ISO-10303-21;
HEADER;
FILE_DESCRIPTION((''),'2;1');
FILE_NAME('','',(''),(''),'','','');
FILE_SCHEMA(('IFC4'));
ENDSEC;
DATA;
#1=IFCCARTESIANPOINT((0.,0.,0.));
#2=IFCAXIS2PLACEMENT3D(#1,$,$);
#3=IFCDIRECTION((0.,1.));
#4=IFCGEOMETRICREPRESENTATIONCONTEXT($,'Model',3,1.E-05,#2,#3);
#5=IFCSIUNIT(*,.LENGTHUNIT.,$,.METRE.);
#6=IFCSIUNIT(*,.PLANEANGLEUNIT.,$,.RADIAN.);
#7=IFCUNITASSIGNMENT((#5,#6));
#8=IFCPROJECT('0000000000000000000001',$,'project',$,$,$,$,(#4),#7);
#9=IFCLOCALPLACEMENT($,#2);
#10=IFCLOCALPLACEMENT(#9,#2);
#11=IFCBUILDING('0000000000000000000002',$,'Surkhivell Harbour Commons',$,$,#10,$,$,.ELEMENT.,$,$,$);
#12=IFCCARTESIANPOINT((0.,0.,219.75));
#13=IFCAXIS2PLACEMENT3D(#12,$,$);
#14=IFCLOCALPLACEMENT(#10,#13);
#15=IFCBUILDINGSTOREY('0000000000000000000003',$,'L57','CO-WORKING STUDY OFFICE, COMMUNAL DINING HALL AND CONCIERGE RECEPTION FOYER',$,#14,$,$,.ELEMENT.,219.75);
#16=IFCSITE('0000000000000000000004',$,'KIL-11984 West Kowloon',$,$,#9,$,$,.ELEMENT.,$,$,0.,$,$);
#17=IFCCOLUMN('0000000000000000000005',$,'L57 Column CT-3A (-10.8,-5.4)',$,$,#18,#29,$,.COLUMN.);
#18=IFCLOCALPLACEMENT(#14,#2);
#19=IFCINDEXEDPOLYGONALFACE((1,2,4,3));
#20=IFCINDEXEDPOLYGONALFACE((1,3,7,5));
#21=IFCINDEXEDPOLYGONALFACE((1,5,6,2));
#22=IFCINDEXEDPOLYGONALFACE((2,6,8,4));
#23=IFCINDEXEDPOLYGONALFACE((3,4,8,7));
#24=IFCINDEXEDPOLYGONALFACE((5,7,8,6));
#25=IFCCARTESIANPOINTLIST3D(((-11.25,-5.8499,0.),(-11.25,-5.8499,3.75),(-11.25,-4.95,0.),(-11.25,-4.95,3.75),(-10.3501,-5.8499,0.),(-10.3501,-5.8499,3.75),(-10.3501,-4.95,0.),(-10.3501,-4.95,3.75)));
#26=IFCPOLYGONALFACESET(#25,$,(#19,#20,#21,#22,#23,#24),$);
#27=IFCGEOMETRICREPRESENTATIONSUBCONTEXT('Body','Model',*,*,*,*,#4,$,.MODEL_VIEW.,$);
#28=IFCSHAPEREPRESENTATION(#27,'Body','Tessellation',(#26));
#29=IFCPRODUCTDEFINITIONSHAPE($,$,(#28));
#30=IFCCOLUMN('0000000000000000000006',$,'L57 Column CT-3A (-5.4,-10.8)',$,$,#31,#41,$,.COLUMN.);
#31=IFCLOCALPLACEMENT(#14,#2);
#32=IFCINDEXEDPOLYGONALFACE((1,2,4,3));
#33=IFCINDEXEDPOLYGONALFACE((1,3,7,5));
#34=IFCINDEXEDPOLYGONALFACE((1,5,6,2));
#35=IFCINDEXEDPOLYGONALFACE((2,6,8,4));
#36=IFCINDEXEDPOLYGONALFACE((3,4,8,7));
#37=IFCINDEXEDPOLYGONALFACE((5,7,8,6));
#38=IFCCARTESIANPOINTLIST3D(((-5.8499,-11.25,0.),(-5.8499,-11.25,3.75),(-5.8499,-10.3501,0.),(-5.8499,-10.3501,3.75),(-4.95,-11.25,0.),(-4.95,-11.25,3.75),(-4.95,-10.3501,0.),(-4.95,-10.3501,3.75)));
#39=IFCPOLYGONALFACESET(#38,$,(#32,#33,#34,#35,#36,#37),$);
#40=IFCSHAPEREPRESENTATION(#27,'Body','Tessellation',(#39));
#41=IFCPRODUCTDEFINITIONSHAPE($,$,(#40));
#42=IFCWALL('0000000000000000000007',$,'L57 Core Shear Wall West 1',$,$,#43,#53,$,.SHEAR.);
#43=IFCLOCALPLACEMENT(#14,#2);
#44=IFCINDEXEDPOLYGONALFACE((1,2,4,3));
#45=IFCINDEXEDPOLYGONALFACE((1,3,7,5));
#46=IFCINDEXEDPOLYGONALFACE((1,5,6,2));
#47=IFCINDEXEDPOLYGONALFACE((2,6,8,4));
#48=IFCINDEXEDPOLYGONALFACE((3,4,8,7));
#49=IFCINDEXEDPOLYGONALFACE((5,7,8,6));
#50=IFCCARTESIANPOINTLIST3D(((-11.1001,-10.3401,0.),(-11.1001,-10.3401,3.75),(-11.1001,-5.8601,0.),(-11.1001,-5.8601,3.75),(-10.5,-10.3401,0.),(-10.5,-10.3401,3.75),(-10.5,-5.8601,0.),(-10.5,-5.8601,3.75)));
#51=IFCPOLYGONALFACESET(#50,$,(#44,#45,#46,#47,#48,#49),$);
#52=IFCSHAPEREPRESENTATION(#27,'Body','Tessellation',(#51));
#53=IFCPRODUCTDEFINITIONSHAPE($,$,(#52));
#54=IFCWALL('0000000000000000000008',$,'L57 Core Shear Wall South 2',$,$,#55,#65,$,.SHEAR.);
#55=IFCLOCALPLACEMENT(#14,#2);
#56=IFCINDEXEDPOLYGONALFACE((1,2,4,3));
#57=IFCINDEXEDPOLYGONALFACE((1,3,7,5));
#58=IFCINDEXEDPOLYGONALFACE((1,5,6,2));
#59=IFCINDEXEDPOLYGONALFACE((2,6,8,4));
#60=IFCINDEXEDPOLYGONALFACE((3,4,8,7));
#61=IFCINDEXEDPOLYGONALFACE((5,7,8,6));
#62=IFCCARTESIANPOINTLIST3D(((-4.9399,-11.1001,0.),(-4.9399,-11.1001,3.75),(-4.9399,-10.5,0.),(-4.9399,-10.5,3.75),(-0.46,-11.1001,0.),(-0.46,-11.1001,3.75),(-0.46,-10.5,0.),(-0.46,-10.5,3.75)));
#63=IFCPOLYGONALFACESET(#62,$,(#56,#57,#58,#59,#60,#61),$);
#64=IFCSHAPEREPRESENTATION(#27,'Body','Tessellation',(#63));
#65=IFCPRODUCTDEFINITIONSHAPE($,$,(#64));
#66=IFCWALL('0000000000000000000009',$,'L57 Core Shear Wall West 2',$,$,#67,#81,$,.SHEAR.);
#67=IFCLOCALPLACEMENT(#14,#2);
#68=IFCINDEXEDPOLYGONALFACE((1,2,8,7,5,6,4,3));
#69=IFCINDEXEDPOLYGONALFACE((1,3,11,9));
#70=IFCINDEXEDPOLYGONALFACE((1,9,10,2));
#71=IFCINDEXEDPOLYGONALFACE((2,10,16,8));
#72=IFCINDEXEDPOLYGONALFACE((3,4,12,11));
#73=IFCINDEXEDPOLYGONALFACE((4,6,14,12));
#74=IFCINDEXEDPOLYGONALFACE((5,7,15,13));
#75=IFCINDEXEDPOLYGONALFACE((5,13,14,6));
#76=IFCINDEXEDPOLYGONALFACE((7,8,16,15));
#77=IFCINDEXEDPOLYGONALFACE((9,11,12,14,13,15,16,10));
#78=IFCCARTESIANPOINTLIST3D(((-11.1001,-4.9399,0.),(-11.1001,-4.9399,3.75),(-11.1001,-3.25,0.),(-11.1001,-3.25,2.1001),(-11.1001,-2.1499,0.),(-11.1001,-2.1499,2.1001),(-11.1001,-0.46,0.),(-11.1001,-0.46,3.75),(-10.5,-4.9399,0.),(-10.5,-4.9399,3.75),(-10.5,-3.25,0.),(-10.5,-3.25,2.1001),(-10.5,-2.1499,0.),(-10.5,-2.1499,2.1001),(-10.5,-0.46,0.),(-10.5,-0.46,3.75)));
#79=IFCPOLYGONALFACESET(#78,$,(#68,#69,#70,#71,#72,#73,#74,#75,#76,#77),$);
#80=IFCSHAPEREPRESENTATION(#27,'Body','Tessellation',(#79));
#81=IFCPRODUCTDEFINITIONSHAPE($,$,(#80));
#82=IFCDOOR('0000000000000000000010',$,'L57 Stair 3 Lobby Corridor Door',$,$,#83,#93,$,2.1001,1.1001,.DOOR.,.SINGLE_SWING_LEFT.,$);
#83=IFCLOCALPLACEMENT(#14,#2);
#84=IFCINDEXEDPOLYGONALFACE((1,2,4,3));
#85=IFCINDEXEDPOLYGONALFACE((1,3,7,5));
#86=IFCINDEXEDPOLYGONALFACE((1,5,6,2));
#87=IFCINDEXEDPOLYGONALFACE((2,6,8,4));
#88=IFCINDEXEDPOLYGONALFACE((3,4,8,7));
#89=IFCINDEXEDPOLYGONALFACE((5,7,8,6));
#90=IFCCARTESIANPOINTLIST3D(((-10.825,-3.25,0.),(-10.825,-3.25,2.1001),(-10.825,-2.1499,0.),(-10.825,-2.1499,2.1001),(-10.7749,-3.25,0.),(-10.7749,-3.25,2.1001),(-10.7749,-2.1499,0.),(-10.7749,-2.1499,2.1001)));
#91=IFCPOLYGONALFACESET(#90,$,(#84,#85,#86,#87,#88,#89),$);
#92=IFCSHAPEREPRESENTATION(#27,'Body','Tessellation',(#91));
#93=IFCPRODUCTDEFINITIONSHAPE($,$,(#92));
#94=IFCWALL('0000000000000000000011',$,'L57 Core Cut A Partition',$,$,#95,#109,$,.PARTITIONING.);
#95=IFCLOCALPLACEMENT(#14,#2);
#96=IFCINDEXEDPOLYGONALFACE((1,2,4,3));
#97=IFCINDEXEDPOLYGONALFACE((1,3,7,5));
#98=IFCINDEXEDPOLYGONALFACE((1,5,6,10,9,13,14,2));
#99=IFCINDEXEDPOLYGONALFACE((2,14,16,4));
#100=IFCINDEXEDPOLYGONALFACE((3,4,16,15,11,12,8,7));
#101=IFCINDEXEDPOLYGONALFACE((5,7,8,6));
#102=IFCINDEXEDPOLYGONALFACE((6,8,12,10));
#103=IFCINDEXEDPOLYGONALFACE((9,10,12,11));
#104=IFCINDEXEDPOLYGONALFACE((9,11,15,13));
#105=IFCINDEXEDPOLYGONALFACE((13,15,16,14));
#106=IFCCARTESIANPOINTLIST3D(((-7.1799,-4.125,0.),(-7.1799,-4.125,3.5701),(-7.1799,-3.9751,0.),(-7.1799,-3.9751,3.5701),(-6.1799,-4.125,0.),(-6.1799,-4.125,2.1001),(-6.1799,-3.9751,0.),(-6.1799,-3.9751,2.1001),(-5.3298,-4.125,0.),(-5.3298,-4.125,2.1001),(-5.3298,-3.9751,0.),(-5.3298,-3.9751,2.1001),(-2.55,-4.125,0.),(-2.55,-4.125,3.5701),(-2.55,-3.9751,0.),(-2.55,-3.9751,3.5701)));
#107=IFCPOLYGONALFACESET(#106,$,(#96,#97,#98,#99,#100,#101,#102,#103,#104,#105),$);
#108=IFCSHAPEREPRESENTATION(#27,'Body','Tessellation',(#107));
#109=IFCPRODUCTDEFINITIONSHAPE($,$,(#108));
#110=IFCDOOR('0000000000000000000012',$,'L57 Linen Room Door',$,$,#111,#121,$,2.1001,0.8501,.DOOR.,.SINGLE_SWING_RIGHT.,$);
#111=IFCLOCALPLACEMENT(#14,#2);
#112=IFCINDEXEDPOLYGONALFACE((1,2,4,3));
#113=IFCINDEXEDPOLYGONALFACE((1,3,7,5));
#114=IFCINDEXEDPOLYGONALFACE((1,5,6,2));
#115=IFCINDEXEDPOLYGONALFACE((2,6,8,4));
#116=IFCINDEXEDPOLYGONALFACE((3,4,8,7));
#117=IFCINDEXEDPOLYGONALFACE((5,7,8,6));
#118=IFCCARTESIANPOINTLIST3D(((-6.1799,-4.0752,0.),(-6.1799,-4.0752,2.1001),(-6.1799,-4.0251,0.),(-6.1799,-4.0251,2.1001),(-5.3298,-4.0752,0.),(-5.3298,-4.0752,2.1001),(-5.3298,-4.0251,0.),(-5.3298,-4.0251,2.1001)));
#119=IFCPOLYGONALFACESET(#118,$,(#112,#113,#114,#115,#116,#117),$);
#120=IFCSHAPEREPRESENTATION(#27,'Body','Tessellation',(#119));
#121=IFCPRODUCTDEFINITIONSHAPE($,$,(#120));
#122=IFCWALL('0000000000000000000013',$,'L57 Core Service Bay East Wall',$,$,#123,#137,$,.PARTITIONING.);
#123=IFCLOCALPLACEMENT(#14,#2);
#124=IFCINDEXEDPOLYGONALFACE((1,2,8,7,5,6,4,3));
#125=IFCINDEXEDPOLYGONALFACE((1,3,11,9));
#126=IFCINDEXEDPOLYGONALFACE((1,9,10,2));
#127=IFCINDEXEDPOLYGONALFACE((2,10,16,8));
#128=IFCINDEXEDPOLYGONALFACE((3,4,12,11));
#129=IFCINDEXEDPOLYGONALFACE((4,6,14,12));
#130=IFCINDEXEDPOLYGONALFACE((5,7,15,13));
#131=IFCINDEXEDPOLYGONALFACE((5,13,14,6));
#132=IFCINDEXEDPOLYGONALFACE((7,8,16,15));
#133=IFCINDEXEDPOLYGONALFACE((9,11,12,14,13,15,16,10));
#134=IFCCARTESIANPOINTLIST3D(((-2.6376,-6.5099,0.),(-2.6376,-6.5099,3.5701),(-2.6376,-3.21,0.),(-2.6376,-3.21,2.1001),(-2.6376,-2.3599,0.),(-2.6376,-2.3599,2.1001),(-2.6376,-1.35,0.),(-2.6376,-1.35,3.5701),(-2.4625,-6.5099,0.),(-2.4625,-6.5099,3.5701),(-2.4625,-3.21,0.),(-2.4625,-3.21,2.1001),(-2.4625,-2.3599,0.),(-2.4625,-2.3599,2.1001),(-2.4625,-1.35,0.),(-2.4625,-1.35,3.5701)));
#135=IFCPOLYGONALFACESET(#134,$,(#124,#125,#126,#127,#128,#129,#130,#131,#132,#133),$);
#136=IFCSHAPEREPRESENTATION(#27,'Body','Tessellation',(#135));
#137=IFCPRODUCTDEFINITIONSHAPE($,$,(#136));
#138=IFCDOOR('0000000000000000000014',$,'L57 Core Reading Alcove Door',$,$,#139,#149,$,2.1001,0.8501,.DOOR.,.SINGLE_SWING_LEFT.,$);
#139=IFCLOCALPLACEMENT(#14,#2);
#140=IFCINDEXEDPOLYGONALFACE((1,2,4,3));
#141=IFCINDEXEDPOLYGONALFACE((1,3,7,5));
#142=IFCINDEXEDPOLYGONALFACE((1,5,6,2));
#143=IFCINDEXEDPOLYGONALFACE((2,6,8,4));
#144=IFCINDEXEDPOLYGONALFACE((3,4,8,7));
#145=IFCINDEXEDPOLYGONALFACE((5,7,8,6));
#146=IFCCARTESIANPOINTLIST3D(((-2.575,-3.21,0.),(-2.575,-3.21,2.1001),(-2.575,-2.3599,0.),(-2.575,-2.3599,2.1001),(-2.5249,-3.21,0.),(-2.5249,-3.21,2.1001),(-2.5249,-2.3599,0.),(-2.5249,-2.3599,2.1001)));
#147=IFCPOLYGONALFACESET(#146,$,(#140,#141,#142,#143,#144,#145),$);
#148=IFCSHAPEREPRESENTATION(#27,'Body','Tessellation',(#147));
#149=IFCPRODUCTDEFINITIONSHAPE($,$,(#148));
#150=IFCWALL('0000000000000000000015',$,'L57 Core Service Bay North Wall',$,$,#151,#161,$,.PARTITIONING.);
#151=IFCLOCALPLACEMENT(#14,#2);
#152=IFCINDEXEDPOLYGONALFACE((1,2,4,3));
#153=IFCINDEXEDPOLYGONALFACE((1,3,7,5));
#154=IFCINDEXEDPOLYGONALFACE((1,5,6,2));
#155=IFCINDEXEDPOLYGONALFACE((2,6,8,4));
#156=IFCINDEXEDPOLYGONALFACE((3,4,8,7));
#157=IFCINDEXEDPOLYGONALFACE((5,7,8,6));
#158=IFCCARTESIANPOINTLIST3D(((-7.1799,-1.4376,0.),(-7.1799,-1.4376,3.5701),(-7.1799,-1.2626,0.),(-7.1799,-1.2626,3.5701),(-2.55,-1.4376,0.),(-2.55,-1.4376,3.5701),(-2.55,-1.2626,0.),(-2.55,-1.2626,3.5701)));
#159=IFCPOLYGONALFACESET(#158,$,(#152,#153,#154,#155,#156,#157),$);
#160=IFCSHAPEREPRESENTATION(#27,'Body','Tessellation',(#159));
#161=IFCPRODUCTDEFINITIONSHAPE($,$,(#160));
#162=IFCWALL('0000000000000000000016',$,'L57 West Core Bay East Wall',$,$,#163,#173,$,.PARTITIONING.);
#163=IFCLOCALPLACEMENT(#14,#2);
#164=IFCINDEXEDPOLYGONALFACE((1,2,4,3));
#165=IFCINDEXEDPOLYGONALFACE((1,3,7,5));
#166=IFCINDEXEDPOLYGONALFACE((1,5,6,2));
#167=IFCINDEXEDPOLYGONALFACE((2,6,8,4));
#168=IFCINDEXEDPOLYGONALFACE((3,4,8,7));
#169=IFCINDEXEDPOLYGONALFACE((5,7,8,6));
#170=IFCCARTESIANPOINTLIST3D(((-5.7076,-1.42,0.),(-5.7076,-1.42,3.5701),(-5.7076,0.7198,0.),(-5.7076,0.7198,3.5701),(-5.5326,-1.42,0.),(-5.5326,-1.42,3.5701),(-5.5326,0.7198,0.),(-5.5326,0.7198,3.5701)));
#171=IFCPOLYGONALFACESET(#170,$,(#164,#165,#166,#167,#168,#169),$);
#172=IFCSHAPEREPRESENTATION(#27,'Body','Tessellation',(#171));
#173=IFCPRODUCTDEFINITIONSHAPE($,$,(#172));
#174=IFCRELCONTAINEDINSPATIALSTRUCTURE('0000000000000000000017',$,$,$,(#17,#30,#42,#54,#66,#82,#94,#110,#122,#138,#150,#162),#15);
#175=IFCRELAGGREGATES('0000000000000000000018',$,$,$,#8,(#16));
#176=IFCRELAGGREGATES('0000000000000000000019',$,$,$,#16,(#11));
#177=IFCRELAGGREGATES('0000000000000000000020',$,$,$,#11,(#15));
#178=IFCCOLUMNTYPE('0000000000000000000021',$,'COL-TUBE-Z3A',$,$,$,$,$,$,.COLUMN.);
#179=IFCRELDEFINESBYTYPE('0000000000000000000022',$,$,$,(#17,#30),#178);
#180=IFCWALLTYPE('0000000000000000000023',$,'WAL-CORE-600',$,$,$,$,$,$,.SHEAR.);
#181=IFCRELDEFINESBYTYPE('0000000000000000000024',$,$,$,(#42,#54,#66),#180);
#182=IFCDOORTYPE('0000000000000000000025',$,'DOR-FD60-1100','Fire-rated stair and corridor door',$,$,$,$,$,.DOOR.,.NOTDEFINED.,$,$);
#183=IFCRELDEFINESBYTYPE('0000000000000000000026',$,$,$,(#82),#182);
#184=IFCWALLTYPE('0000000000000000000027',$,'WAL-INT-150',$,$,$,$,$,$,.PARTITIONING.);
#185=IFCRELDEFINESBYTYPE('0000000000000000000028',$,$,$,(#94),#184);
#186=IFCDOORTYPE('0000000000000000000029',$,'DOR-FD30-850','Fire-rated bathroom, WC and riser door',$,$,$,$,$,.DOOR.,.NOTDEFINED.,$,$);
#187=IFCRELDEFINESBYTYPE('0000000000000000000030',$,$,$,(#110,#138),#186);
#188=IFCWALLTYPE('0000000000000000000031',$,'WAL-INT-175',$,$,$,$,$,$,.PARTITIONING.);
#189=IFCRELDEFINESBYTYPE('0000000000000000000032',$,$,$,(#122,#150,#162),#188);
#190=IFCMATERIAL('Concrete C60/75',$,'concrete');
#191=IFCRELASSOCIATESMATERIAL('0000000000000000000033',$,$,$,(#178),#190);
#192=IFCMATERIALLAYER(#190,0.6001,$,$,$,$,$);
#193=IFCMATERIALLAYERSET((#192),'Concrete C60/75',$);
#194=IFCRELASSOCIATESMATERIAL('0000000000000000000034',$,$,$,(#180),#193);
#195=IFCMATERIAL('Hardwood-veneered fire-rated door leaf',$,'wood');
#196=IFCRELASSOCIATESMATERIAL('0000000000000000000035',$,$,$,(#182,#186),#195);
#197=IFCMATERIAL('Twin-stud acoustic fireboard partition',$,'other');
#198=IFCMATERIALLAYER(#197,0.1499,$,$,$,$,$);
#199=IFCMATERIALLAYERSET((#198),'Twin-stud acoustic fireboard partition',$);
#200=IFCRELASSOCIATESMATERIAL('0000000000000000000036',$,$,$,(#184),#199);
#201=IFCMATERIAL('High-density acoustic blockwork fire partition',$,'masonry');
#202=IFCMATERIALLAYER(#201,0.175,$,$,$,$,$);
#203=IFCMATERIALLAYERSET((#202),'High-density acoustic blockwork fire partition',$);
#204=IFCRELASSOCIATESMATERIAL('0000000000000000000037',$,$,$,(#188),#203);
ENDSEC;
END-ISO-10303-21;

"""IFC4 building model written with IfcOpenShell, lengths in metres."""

from ifc_helpers import new_model, si_unit, direction, frame, frame_2d, origin, origin_2d, place, context, subcontext, project, spatial, rectangle, extrude, material, layer, layer_set, material_profile, profile_set, type_object, element, fill, save


model = new_model("IFC4")

# Units and contexts
model_context = context("Model", 3, precision=1e-05, world=origin(), true_north=direction((0.0, 1.0)))
body_context = subcontext(model_context, "Body", "Model", "MODEL_VIEW")
ifc_project = project(units=[si_unit("LENGTHUNIT", "METRE"), si_unit("PLANEANGLEUNIT", "RADIAN")], contexts=[model_context])

# Site, building, storey
site_placement = place(None, origin())
site = spatial("IfcSite", under=ifc_project, at=site_placement, Name="KIL-11984 West Kowloon", CompositionType="ELEMENT", RefElevation=0.0)
building_placement = place(site_placement, origin())
building = spatial("IfcBuilding", under=site, at=building_placement, Name="Surkhivell Harbour Commons", CompositionType="ELEMENT")
storey_placement = place(building_placement, frame((0.0, 0.0, 219.75)))
storey = spatial("IfcBuildingStorey", under=building, at=storey_placement, Name="L57", Description="CO-WORKING STUDY OFFICE, COMMUNAL DINING HALL AND CONCIERGE RECEPTION FOYER", CompositionType="ELEMENT", Elevation=219.75)

# Columns
ifc_material_1 = material(Name="Concrete C60/75", Category="concrete")
ifc_material_profile = material_profile(ifc_material_1, rectangle(XDim=0.8999, YDim=0.8999, at=origin_2d()), Name="RC-COL-900x900")
ifc_profile_set = profile_set([ifc_material_profile], Name="Concrete C60/75")
column_type = type_object("IfcColumnType", Name="COL-TUBE-Z3A", PredefinedType="COLUMN", material=ifc_profile_set)
for number, where, z_axis, x_axis, name in (
    (1, (-10.8, -5.3999, 0.0), (0.0, 0.0, 1.0), (1.0, 0.0, 0.0), "L57 Column CT-3A (-10.8,-5.4)"),
    (2, (-5.3999, -10.8, 0.0), (0.0, 0.0, 1.0), (1.0, 0.0, 0.0), "L57 Column CT-3A (-5.4,-10.8)"),
):
    element("IfcColumn", number, at=place(storey_placement, frame(where, z_axis=z_axis, x_axis=x_axis)), inside=storey, type_object=column_type, Name=name, PredefinedType="COLUMN", context=body_context, shape_type="SweptSolid", body=[
        extrude(rectangle(XDim=0.8999, YDim=0.8999, at=origin_2d()), origin(), (0.0, 0.0, 1.0), 3.75),
    ])

# Walls
ifc_layer_1 = layer(ifc_material_1, 0.6001)
ifc_layer_set_1 = layer_set([ifc_layer_1], Name="Concrete C60/75")
wall_type_1 = type_object("IfcWallType", Name="WAL-CORE-600", PredefinedType="SHEAR", material=ifc_layer_set_1)
for number, where, z_axis, x_axis, name in (
    (3, (-10.8, -10.3401, 0.0), (0.0, 0.0, 1.0), (0.0, 1.0, 0.0), "L57 Core Shear Wall West 1"),
    (4, (-4.9399, -10.8, 0.0), (0.0, 0.0, 1.0), (1.0, 0.0, 0.0), "L57 Core Shear Wall South 2"),
):
    element("IfcWall", number, at=place(storey_placement, frame(where, z_axis=z_axis, x_axis=x_axis)), inside=storey, type_object=wall_type_1, Name=name, PredefinedType="SHEAR", context=body_context, shape_type="SweptSolid", body=[
        extrude(rectangle(XDim=4.48, YDim=0.6001, at=frame_2d((2.24, 0.0))), origin(), (0.0, 0.0, 1.0), 3.75),
    ])

# Walls, openings, doors
wall_1_placement = place(storey_placement, frame((-10.8, -4.9399, 0.0), z_axis=(0.0, 0.0, 1.0), x_axis=(0.0, 1.0, 0.0)))
wall_1 = element("IfcWall", 5, at=wall_1_placement, inside=storey, type_object=wall_type_1, Name="L57 Core Shear Wall West 2", PredefinedType="SHEAR", context=body_context, shape_type="SweptSolid", body=[
    extrude(rectangle(XDim=4.48, YDim=0.6001, at=frame_2d((2.24, 0.0))), origin(), (0.0, 0.0, 1.0), 3.75),
])
opening_1_placement = place(wall_1_placement, frame((1.6899, 0.0, 0.0)))
opening_1 = element("IfcOpeningElement", 6, at=opening_1_placement, cuts=wall_1, PredefinedType="OPENING", context=body_context, shape_type="SweptSolid", body=[
    extrude(rectangle(XDim=1.1001, YDim=2.1001, at=frame_2d((0.55, 1.05))), frame((0.0, 0.3101, 0.0), z_axis=(0.0, -1.0, 0.0), x_axis=(1.0, 0.0, 0.0)), (0.0, 0.0, 1.0), 0.6201),
])
ifc_material_2 = material(Name="Hardwood-veneered fire-rated door leaf", Category="wood")
door_type_1 = type_object("IfcDoorType", Name="DOR-FD60-1100", Description="Fire-rated stair and corridor door", OperationType="NOTDEFINED", PredefinedType="DOOR", material=ifc_material_2)
door_1_placement = place(opening_1_placement, origin())
door_1 = element("IfcDoor", 7, at=door_1_placement, inside=storey, type_object=door_type_1, Name="L57 Stair 3 Lobby Corridor Door", OperationType="SINGLE_SWING_LEFT", OverallHeight=2.1001, OverallWidth=1.1001, PredefinedType="DOOR", context=body_context, shape_type="SweptSolid", body=[
    extrude(rectangle(XDim=1.1001, YDim=2.1001, at=frame_2d((0.55, 1.05))), frame((0.0, 0.0249, 0.0), z_axis=(0.0, -1.0, 0.0), x_axis=(1.0, 0.0, 0.0)), (0.0, 0.0, 1.0), 0.05),
])
fill(opening_1, door_1)
ifc_material_3 = material(Name="Twin-stud acoustic fireboard partition", Category="other")
ifc_layer_2 = layer(ifc_material_3, 0.1499)
ifc_layer_set_2 = layer_set([ifc_layer_2], Name="Twin-stud acoustic fireboard partition")
wall_type_2 = type_object("IfcWallType", Name="WAL-INT-150", PredefinedType="PARTITIONING", material=ifc_layer_set_2)
wall_2_placement = place(storey_placement, frame((-7.1799, -4.05, 0.0), z_axis=(0.0, 0.0, 1.0), x_axis=(1.0, 0.0, 0.0)))
wall_2 = element("IfcWall", 8, at=wall_2_placement, inside=storey, type_object=wall_type_2, Name="L57 Core Cut A Partition", PredefinedType="PARTITIONING", context=body_context, shape_type="SweptSolid", body=[
    extrude(rectangle(XDim=4.6299, YDim=0.1499, at=frame_2d((2.3149, 0.0))), origin(), (0.0, 0.0, 1.0), 3.5701),
])
opening_2_placement = place(wall_2_placement, frame((1.0, 0.0, 0.0)))
opening_2 = element("IfcOpeningElement", 9, at=opening_2_placement, cuts=wall_2, PredefinedType="OPENING", context=body_context, shape_type="SweptSolid", body=[
    extrude(rectangle(XDim=0.8501, YDim=2.1001, at=frame_2d((0.425, 1.05))), frame((0.0, 0.085, 0.0), z_axis=(0.0, -1.0, 0.0), x_axis=(1.0, 0.0, 0.0)), (0.0, 0.0, 1.0), 0.1699),
])
door_type_2 = type_object("IfcDoorType", Name="DOR-FD30-850", Description="Fire-rated bathroom, WC and riser door", OperationType="NOTDEFINED", PredefinedType="DOOR", material=ifc_material_2)
door_2_placement = place(opening_2_placement, origin())
door_2 = element("IfcDoor", 10, at=door_2_placement, inside=storey, type_object=door_type_2, Name="L57 Linen Room Door", OperationType="SINGLE_SWING_RIGHT", OverallHeight=2.1001, OverallWidth=0.8501, PredefinedType="DOOR", context=body_context, shape_type="SweptSolid", body=[
    extrude(rectangle(XDim=0.8501, YDim=2.1001, at=frame_2d((0.425, 1.05))), frame((0.0, 0.0249, 0.0), z_axis=(0.0, -1.0, 0.0), x_axis=(1.0, 0.0, 0.0)), (0.0, 0.0, 1.0), 0.05),
])
fill(opening_2, door_2)
ifc_material_4 = material(Name="High-density acoustic blockwork fire partition", Category="masonry")
ifc_layer_3 = layer(ifc_material_4, 0.175)
ifc_layer_set_3 = layer_set([ifc_layer_3], Name="High-density acoustic blockwork fire partition")
wall_type_3 = type_object("IfcWallType", Name="WAL-INT-175", PredefinedType="PARTITIONING", material=ifc_layer_set_3)
wall_3_placement = place(storey_placement, frame((-2.55, -6.51, 0.0), z_axis=(0.0, 0.0, 1.0), x_axis=(0.0, 1.0, 0.0)))
wall_3 = element("IfcWall", 11, at=wall_3_placement, inside=storey, type_object=wall_type_3, Name="L57 Core Service Bay East Wall", PredefinedType="PARTITIONING", context=body_context, shape_type="SweptSolid", body=[
    extrude(rectangle(XDim=5.1599, YDim=0.175, at=frame_2d((2.5801, 0.0))), origin(), (0.0, 0.0, 1.0), 3.5701),
])
opening_3_placement = place(wall_3_placement, frame((3.3, 0.0, 0.0)))
opening_3 = element("IfcOpeningElement", 12, at=opening_3_placement, cuts=wall_3, PredefinedType="OPENING", context=body_context, shape_type="SweptSolid", body=[
    extrude(rectangle(XDim=0.8501, YDim=2.1001, at=frame_2d((0.425, 1.05))), frame((0.0, 0.0974, 0.0), z_axis=(0.0, -1.0, 0.0), x_axis=(1.0, 0.0, 0.0)), (0.0, 0.0, 1.0), 0.1951),
])
door_3_placement = place(opening_3_placement, origin())
door_3 = element("IfcDoor", 13, at=door_3_placement, inside=storey, type_object=door_type_2, Name="L57 Core Reading Alcove Door", OperationType="SINGLE_SWING_LEFT", OverallHeight=2.1001, OverallWidth=0.8501, PredefinedType="DOOR", context=body_context, shape_type="SweptSolid", body=[
    extrude(rectangle(XDim=0.8501, YDim=2.1001, at=frame_2d((0.425, 1.05))), frame((0.0, 0.0249, 0.0), z_axis=(0.0, -1.0, 0.0), x_axis=(1.0, 0.0, 0.0)), (0.0, 0.0, 1.0), 0.05),
])
fill(opening_3, door_3)

# Walls
wall_4_placement = place(storey_placement, frame((-7.1799, -1.3501, 0.0), z_axis=(0.0, 0.0, 1.0), x_axis=(1.0, 0.0, 0.0)))
element("IfcWall", 14, at=wall_4_placement, inside=storey, type_object=wall_type_3, Name="L57 Core Service Bay North Wall", PredefinedType="PARTITIONING", context=body_context, shape_type="SweptSolid", body=[
    extrude(rectangle(XDim=4.6299, YDim=0.175, at=frame_2d((2.3149, 0.0))), origin(), (0.0, 0.0, 1.0), 3.5701),
])
wall_5_placement = place(storey_placement, frame((-5.6201, -1.4199, 0.0), z_axis=(0.0, 0.0, 1.0), x_axis=(0.0, 1.0, 0.0)))
element("IfcWall", 15, at=wall_5_placement, inside=storey, type_object=wall_type_3, Name="L57 West Core Bay East Wall", PredefinedType="PARTITIONING", context=body_context, shape_type="SweptSolid", body=[
    extrude(rectangle(XDim=2.1399, YDim=0.175, at=frame_2d((1.0698, 0.0))), origin(), (0.0, 0.0, 1.0), 3.5701),
])

save(model, "model.ifc")
